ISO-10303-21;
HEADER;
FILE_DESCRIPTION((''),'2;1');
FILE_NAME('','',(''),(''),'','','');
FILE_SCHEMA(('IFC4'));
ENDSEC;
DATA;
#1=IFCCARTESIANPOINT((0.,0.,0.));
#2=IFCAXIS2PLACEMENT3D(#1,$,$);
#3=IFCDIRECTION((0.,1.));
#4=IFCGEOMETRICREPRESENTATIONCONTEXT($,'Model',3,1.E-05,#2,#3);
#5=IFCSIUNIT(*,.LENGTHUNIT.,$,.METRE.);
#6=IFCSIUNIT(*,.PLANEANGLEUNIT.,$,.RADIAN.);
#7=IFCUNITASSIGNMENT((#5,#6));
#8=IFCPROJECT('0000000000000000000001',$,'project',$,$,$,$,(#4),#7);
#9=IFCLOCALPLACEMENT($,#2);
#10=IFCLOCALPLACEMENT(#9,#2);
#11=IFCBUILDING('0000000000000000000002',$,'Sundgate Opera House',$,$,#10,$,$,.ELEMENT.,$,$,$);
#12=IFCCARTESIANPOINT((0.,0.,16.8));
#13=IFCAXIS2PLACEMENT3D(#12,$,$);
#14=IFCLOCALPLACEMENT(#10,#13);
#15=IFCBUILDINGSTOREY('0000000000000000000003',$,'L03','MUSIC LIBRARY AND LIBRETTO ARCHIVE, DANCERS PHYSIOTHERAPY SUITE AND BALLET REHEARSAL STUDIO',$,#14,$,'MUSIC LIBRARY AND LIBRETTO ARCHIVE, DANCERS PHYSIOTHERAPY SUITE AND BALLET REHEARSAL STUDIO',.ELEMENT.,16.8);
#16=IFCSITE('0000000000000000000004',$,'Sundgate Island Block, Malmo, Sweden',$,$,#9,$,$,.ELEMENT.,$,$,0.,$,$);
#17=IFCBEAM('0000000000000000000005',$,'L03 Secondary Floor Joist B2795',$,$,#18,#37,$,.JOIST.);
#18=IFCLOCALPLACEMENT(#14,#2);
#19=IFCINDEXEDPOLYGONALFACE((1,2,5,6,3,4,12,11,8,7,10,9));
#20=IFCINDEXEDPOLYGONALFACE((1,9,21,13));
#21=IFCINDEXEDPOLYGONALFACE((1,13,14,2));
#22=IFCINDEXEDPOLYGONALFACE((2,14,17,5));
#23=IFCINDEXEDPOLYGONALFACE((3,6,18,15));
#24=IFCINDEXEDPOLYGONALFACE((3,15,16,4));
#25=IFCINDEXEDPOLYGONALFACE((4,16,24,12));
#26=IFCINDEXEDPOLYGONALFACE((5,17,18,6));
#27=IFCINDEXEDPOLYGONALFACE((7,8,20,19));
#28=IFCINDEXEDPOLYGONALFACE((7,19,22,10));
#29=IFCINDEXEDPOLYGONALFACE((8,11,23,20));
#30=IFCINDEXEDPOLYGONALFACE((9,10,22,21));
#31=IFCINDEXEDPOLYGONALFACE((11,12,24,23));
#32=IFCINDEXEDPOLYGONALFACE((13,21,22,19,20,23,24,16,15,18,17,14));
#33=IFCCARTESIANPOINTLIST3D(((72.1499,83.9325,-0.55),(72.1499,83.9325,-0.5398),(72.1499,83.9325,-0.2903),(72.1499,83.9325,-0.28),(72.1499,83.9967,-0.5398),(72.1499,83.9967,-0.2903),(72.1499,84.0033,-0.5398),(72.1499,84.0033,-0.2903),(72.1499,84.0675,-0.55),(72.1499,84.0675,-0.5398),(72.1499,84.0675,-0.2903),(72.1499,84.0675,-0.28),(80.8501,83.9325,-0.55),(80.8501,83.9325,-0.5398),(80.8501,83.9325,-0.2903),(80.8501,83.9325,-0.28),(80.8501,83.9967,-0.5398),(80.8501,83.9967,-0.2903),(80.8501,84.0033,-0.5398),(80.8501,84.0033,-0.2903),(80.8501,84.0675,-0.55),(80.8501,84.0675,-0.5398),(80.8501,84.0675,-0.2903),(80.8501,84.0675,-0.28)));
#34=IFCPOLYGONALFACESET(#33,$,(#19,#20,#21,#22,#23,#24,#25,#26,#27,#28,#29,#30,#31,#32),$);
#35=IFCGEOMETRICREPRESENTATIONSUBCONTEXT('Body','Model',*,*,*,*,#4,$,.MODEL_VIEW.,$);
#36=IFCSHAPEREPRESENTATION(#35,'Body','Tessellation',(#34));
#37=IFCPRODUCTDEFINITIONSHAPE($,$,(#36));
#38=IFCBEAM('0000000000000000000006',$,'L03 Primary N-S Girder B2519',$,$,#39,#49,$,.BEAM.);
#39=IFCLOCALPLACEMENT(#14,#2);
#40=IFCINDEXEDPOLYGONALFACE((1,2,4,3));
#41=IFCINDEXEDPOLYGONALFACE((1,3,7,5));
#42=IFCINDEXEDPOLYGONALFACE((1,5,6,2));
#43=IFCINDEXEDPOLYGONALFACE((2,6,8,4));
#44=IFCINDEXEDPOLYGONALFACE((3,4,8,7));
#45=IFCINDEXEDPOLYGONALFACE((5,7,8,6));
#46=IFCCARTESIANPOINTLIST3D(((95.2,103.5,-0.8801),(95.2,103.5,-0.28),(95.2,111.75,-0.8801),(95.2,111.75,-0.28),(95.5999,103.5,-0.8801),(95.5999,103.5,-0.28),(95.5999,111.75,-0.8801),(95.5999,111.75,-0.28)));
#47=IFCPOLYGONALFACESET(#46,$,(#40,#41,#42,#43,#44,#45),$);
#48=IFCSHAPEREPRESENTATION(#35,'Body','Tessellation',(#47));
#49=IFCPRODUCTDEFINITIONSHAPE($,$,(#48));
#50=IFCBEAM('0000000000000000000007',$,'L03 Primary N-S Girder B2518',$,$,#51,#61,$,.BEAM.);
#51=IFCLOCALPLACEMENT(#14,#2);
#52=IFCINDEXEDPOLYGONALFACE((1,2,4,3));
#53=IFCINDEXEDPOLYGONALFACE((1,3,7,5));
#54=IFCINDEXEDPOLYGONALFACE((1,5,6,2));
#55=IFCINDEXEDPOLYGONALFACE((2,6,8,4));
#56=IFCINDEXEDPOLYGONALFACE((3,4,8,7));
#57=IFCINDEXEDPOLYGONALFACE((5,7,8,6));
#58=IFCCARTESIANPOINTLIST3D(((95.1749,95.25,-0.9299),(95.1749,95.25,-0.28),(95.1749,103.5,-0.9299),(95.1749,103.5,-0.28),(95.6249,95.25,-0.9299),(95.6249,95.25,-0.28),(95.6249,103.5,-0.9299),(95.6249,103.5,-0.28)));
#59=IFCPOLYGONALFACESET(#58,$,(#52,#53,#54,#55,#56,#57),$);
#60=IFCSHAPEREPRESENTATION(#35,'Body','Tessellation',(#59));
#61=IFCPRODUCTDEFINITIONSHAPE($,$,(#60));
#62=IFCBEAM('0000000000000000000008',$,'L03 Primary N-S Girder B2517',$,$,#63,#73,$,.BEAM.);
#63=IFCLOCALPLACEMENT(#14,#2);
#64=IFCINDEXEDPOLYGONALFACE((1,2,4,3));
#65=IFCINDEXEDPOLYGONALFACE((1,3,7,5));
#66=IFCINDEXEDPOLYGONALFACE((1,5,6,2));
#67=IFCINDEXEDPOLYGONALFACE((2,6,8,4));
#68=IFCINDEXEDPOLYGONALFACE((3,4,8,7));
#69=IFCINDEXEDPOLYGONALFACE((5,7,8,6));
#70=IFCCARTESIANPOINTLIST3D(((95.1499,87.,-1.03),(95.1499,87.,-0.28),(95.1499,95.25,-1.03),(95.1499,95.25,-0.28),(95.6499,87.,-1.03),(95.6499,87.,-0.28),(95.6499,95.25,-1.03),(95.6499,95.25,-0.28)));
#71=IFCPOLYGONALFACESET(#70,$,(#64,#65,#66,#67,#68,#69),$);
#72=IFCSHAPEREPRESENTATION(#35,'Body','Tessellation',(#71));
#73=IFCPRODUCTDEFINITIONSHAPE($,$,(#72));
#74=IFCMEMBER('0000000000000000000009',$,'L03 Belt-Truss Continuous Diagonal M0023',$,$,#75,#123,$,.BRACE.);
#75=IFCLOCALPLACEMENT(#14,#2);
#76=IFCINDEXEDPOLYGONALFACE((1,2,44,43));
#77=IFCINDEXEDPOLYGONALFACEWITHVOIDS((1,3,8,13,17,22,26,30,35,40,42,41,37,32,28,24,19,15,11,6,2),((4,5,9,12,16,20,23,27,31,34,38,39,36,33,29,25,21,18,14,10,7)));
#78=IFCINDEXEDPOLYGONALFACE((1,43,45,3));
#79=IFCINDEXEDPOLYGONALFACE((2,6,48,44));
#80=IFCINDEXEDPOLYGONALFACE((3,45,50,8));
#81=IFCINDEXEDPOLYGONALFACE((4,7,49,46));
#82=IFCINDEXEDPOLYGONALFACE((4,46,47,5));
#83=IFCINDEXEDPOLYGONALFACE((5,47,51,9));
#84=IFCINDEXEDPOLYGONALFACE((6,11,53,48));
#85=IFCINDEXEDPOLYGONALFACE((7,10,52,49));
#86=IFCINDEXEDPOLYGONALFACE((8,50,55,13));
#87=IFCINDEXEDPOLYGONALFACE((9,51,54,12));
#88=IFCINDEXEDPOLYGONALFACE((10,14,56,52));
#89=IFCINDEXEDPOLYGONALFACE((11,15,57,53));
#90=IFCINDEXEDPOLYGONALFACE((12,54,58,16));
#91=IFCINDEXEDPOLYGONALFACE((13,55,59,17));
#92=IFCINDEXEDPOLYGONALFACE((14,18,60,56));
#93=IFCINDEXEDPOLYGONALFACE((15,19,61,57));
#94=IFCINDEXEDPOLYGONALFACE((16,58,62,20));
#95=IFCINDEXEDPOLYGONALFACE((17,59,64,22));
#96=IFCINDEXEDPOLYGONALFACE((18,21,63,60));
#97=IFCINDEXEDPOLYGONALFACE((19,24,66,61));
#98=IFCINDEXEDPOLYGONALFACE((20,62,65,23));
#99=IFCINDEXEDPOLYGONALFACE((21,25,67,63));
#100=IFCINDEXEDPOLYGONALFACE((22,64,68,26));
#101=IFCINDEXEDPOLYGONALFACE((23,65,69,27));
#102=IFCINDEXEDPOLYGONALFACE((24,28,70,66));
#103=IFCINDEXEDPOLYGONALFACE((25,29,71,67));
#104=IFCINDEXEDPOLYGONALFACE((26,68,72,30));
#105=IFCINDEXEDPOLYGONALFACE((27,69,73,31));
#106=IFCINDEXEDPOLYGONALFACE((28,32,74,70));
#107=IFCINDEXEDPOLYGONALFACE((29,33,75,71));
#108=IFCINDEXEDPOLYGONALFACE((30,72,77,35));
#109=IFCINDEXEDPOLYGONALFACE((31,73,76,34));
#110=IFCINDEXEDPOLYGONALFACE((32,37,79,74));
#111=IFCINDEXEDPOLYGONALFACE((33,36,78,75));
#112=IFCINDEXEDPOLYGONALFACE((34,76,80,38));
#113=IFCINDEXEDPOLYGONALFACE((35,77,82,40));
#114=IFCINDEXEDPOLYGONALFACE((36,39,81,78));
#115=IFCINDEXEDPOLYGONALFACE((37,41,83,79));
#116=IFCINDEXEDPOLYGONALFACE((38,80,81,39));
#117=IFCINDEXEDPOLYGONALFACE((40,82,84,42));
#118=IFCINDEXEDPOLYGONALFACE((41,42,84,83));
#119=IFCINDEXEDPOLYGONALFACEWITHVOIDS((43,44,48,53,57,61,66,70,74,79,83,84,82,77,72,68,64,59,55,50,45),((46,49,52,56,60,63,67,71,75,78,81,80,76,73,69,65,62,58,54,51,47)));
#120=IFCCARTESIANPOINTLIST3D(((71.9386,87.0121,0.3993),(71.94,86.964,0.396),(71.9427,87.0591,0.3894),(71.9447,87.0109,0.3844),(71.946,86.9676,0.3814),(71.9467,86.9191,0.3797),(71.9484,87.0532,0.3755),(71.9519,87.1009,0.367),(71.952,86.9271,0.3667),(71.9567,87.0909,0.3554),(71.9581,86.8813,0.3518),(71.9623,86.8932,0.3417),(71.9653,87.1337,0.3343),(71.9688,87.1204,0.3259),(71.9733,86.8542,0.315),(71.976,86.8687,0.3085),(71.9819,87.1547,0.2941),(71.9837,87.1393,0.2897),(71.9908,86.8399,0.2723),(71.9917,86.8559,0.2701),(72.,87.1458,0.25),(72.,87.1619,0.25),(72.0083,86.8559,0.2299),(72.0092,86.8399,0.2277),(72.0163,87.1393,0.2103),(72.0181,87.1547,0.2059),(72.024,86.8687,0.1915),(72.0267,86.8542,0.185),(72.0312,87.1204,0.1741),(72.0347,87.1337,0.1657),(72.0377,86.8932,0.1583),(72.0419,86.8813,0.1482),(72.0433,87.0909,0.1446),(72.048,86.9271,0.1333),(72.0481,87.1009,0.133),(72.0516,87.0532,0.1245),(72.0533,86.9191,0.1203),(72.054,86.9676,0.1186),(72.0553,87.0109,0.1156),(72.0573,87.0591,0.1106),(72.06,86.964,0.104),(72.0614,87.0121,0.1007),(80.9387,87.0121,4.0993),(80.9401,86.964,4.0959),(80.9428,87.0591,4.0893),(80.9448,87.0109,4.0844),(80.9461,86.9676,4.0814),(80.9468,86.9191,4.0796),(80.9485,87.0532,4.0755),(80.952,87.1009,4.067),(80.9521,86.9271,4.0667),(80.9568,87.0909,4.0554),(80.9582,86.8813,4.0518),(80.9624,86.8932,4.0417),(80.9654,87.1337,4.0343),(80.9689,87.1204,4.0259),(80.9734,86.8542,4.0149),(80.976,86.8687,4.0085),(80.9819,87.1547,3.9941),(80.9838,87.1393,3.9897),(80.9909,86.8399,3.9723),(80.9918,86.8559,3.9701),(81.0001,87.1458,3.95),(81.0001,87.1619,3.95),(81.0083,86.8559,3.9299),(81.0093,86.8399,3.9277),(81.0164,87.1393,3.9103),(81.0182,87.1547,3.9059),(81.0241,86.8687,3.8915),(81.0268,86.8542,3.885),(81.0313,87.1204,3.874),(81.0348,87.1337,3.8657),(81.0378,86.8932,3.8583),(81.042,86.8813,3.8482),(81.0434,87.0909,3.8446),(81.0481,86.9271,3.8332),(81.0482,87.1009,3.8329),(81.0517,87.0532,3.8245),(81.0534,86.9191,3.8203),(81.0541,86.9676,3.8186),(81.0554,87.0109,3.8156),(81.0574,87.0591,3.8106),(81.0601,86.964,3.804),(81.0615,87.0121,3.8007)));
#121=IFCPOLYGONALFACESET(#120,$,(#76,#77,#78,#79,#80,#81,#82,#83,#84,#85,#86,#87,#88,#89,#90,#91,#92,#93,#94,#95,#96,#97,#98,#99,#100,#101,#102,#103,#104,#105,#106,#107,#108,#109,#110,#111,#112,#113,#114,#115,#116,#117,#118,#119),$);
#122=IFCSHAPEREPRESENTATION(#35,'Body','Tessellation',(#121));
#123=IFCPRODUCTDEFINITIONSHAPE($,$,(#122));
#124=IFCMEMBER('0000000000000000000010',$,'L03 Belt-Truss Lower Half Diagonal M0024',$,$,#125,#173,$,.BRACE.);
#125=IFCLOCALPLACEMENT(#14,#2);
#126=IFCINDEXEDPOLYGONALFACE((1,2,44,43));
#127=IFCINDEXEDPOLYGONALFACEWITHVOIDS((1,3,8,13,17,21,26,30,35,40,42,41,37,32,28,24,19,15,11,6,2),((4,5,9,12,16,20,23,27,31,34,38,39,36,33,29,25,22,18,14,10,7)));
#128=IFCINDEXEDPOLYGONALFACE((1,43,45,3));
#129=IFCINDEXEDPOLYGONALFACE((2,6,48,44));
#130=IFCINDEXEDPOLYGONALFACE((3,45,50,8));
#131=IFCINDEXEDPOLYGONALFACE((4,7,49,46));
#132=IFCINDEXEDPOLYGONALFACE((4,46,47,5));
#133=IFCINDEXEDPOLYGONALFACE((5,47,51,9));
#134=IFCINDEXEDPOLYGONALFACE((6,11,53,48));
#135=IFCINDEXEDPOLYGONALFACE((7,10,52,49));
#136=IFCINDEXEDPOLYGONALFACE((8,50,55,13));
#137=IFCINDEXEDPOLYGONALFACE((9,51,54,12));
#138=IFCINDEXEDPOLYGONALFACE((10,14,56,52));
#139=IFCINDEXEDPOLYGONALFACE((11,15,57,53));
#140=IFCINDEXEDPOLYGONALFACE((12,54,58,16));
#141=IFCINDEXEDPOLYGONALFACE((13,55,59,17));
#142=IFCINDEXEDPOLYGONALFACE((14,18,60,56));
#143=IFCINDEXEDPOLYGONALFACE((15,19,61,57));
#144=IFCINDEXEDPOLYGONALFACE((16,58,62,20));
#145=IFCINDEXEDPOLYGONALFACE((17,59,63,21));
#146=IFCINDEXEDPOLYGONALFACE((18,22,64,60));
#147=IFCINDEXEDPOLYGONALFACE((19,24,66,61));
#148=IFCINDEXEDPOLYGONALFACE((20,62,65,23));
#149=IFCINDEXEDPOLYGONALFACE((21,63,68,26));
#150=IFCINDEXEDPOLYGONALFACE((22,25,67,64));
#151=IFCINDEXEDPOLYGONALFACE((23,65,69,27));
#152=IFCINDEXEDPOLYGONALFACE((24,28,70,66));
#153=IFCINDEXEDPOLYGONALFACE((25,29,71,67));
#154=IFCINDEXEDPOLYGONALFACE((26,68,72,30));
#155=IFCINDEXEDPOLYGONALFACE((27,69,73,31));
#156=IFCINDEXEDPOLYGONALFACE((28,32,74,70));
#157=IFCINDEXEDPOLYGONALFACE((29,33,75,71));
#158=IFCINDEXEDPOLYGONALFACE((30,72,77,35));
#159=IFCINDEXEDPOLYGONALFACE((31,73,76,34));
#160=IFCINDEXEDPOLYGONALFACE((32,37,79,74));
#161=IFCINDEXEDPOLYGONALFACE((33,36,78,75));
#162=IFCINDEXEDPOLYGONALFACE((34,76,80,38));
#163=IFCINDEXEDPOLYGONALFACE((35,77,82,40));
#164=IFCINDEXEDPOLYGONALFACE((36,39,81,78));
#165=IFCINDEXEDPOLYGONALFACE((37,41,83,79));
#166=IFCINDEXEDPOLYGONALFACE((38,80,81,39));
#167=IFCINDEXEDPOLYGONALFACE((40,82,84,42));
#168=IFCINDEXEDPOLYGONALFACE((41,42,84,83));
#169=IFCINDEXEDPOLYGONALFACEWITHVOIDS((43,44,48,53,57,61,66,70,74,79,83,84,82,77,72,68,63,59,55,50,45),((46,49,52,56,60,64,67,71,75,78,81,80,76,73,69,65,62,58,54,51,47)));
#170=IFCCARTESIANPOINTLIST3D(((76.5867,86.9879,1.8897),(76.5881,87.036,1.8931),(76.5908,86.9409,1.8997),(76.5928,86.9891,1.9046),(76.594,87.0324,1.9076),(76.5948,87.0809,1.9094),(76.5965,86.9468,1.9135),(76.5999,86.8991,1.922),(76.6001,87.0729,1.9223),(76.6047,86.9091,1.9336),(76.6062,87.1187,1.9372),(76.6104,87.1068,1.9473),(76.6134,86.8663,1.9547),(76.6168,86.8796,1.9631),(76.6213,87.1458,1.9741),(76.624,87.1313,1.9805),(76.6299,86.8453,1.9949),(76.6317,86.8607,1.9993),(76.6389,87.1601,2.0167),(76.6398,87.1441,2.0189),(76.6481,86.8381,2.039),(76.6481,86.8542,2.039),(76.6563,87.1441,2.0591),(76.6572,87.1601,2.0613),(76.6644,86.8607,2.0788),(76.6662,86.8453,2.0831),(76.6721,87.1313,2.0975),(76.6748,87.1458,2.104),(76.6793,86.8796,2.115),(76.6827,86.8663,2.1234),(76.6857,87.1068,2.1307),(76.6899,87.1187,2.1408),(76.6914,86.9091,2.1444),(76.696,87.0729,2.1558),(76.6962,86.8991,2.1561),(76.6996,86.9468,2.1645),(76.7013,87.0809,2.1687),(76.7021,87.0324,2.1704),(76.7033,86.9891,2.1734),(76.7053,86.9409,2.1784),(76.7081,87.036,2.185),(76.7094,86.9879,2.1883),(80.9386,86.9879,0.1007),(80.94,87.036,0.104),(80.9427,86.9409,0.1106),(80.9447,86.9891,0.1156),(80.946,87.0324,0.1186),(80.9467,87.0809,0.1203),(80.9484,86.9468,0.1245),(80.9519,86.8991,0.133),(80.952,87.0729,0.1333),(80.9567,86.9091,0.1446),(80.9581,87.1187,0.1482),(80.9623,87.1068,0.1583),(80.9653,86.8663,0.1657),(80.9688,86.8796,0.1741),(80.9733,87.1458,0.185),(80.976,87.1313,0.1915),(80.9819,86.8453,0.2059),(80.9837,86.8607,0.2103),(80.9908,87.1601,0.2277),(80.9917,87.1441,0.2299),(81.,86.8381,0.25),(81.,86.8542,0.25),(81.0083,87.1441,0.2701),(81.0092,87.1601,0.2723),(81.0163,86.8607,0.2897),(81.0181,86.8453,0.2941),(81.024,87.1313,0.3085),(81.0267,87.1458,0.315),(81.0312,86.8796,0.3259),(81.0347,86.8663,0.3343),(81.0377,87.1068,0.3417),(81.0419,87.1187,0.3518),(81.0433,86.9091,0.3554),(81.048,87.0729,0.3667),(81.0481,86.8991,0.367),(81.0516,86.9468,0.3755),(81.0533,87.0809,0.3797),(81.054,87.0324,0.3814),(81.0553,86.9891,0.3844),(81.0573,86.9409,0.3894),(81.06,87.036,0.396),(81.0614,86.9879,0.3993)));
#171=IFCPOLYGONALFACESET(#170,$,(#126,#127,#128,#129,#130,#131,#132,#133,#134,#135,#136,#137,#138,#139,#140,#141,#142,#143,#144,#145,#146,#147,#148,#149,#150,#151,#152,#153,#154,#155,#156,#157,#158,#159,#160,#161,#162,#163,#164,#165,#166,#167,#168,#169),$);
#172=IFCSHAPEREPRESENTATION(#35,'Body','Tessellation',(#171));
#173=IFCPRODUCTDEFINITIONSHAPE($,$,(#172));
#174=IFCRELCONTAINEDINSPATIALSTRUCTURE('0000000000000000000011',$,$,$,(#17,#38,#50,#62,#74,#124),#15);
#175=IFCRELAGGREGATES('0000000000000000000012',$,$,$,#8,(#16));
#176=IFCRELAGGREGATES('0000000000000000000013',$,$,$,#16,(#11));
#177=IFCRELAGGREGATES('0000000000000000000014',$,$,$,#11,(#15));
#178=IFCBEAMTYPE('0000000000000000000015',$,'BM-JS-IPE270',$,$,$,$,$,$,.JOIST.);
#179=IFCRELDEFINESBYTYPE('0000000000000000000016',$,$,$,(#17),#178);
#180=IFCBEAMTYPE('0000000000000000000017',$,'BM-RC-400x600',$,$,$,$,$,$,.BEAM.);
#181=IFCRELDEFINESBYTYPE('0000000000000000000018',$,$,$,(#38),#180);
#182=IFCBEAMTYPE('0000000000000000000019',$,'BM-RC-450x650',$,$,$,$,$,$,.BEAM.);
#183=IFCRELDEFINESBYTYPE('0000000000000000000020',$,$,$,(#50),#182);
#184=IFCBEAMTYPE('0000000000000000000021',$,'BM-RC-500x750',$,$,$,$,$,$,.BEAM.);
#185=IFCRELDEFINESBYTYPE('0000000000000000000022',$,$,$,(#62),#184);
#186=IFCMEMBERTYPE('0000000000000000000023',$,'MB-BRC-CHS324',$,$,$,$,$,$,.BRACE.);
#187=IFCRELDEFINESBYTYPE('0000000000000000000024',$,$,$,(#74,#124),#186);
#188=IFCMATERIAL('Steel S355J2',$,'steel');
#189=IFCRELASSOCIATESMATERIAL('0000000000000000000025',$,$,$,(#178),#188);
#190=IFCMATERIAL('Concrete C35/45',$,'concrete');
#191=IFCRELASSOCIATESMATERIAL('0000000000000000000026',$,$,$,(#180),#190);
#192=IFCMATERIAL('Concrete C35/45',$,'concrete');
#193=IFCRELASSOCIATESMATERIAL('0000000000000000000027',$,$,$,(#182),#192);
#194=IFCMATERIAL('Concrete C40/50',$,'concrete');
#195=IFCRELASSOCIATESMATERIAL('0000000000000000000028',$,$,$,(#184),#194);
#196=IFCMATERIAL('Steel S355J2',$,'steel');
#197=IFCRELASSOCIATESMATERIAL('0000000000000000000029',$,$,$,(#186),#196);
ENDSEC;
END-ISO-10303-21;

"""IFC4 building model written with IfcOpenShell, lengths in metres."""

from ifc_helpers import new_model, si_unit, direction, frame, origin, origin_2d, place, context, subcontext, project, spatial, rectangle, hollow_circle, i_section, extrude, material, material_profile, profile_set, type_object, element, save


model = new_model("IFC4")

# Units and contexts
model_context = context("Model", 3, precision=1e-05, world=origin(), true_north=direction((0.0, 1.0)))
body_context = subcontext(model_context, "Body", "Model", "MODEL_VIEW")
ifc_project = project(units=[si_unit("LENGTHUNIT", "METRE"), si_unit("PLANEANGLEUNIT", "RADIAN")], contexts=[model_context])

# Site, building, storey
site_placement = place(None, origin())
site = spatial("IfcSite", under=ifc_project, at=site_placement, Name="Sundgate Island Block, Malmo, Sweden", CompositionType="ELEMENT", RefElevation=0.0)
building_placement = place(site_placement, origin())
building = spatial("IfcBuilding", under=site, at=building_placement, Name="Sundgate Opera House", CompositionType="ELEMENT")
storey_placement = place(building_placement, frame((0.0, 0.0, 16.8)))
storey = spatial("IfcBuildingStorey", under=building, at=storey_placement, Name="L03", Description="MUSIC LIBRARY AND LIBRETTO ARCHIVE, DANCERS PHYSIOTHERAPY SUITE AND BALLET REHEARSAL STUDIO", LongName="MUSIC LIBRARY AND LIBRETTO ARCHIVE, DANCERS PHYSIOTHERAPY SUITE AND BALLET REHEARSAL STUDIO", CompositionType="ELEMENT", Elevation=16.8)

# Beams
ifc_material_1 = material(Name="Steel S355J2", Category="steel")
ifc_material_profile_1 = material_profile(ifc_material_1, i_section(OverallWidth=0.135, OverallDepth=0.27, WebThickness=0.0066, FlangeThickness=0.0103, at=origin_2d()), Name="IPE 270")
ifc_profile_set_1 = profile_set([ifc_material_profile_1], Name="Steel S355J2")
beam_type_1 = type_object("IfcBeamType", Name="BM-JS-IPE270", PredefinedType="JOIST", material=ifc_profile_set_1)
beam_1_placement = place(storey_placement, frame((72.1499, 84.0, -0.415), z_axis=(1.0, 0.0, 0.0), x_axis=(0.0, 1.0, 0.0)))
element("IfcBeam", 1, at=beam_1_placement, inside=storey, type_object=beam_type_1, Name="L03 Secondary Floor Joist B2795", PredefinedType="JOIST", context=body_context, shape_type="SweptSolid", body=[
    extrude(i_section(OverallWidth=0.135, OverallDepth=0.27, WebThickness=0.0066, FlangeThickness=0.0103, at=origin_2d()), origin(), (0.0, 0.0, 1.0), 8.7002),
])
ifc_material_2 = material(Name="Concrete C35/45", Category="concrete")
ifc_material_profile_2 = material_profile(ifc_material_2, rectangle(XDim=0.3999, YDim=0.6001, at=origin_2d()), Name="RC 400x600")
ifc_profile_set_2 = profile_set([ifc_material_profile_2], Name="Concrete C35/45")
beam_type_2 = type_object("IfcBeamType", Name="BM-RC-400x600", PredefinedType="BEAM", material=ifc_profile_set_2)
beam_2_placement = place(storey_placement, frame((95.3999, 103.5, -0.5801), z_axis=(0.0, 1.0, 0.0), x_axis=(-1.0, 0.0, 0.0)))
element("IfcBeam", 2, at=beam_2_placement, inside=storey, type_object=beam_type_2, Name="L03 Primary N-S Girder B2519", PredefinedType="BEAM", context=body_context, shape_type="SweptSolid", body=[
    extrude(rectangle(XDim=0.3999, YDim=0.6001, at=origin_2d()), origin(), (0.0, 0.0, 1.0), 8.25),
])
ifc_material_3 = material(Name="Concrete C35/45", Category="concrete")
ifc_material_profile_3 = material_profile(ifc_material_3, rectangle(XDim=0.45, YDim=0.6499, at=origin_2d()), Name="RC 450x650")
ifc_profile_set_3 = profile_set([ifc_material_profile_3], Name="Concrete C35/45")
beam_type_3 = type_object("IfcBeamType", Name="BM-RC-450x650", PredefinedType="BEAM", material=ifc_profile_set_3)
beam_3_placement = place(storey_placement, frame((95.3999, 95.25, -0.605), z_axis=(0.0, 1.0, 0.0), x_axis=(-1.0, 0.0, 0.0)))
element("IfcBeam", 3, at=beam_3_placement, inside=storey, type_object=beam_type_3, Name="L03 Primary N-S Girder B2518", PredefinedType="BEAM", context=body_context, shape_type="SweptSolid", body=[
    extrude(rectangle(XDim=0.45, YDim=0.6499, at=origin_2d()), origin(), (0.0, 0.0, 1.0), 8.25),
])
ifc_material_4 = material(Name="Concrete C40/50", Category="concrete")
ifc_material_profile_4 = material_profile(ifc_material_4, rectangle(XDim=0.5, YDim=0.75, at=origin_2d()), Name="RC 500x750")
ifc_profile_set_4 = profile_set([ifc_material_profile_4], Name="Concrete C40/50")
beam_type_4 = type_object("IfcBeamType", Name="BM-RC-500x750", PredefinedType="BEAM", material=ifc_profile_set_4)
beam_4_placement = place(storey_placement, frame((95.3999, 87.0, -0.655), z_axis=(0.0, 1.0, 0.0), x_axis=(-1.0, 0.0, 0.0)))
element("IfcBeam", 4, at=beam_4_placement, inside=storey, type_object=beam_type_4, Name="L03 Primary N-S Girder B2517", PredefinedType="BEAM", context=body_context, shape_type="SweptSolid", body=[
    extrude(rectangle(XDim=0.5, YDim=0.75, at=origin_2d()), origin(), (0.0, 0.0, 1.0), 8.25),
])

# Members
ifc_material_5 = material(Name="Steel S355J2", Category="steel")
ifc_material_profile_5 = material_profile(ifc_material_5, hollow_circle(Radius=0.1619, WallThickness=0.0161, at=origin_2d()), Name="CHS 323.9x16.0")
ifc_profile_set_5 = profile_set([ifc_material_profile_5], Name="Steel S355J2")
member_type = type_object("IfcMemberType", Name="MB-BRC-CHS324", PredefinedType="BRACE", material=ifc_profile_set_5)
member_1_placement = place(storey_placement, frame((72.0, 87.0, 0.25), z_axis=(0.924893, 0.0, 0.380229), x_axis=(0.0, 1.0, 0.0)))
element("IfcMember", 5, at=member_1_placement, inside=storey, type_object=member_type, Name="L03 Belt-Truss Continuous Diagonal M0023", PredefinedType="BRACE", context=body_context, shape_type="SweptSolid", body=[
    extrude(hollow_circle(Radius=0.1619, WallThickness=0.0161, at=origin_2d()), origin(), (0.0, 0.0, 1.0), 9.731),
])
member_2_placement = place(storey_placement, frame((81.0, 87.0, 0.25), z_axis=(-0.924899, 0.0, 0.380212), x_axis=(0.0, -1.0, 0.0)))
element("IfcMember", 6, at=member_2_placement, inside=storey, type_object=member_type, Name="L03 Belt-Truss Lower Half Diagonal M0024", PredefinedType="BRACE", context=body_context, shape_type="SweptSolid", body=[
    extrude(hollow_circle(Radius=0.1619, WallThickness=0.0161, at=origin_2d()), origin(), (0.0, 0.0, 1.0), 4.7053),
])

save(model, "model.ifc")
